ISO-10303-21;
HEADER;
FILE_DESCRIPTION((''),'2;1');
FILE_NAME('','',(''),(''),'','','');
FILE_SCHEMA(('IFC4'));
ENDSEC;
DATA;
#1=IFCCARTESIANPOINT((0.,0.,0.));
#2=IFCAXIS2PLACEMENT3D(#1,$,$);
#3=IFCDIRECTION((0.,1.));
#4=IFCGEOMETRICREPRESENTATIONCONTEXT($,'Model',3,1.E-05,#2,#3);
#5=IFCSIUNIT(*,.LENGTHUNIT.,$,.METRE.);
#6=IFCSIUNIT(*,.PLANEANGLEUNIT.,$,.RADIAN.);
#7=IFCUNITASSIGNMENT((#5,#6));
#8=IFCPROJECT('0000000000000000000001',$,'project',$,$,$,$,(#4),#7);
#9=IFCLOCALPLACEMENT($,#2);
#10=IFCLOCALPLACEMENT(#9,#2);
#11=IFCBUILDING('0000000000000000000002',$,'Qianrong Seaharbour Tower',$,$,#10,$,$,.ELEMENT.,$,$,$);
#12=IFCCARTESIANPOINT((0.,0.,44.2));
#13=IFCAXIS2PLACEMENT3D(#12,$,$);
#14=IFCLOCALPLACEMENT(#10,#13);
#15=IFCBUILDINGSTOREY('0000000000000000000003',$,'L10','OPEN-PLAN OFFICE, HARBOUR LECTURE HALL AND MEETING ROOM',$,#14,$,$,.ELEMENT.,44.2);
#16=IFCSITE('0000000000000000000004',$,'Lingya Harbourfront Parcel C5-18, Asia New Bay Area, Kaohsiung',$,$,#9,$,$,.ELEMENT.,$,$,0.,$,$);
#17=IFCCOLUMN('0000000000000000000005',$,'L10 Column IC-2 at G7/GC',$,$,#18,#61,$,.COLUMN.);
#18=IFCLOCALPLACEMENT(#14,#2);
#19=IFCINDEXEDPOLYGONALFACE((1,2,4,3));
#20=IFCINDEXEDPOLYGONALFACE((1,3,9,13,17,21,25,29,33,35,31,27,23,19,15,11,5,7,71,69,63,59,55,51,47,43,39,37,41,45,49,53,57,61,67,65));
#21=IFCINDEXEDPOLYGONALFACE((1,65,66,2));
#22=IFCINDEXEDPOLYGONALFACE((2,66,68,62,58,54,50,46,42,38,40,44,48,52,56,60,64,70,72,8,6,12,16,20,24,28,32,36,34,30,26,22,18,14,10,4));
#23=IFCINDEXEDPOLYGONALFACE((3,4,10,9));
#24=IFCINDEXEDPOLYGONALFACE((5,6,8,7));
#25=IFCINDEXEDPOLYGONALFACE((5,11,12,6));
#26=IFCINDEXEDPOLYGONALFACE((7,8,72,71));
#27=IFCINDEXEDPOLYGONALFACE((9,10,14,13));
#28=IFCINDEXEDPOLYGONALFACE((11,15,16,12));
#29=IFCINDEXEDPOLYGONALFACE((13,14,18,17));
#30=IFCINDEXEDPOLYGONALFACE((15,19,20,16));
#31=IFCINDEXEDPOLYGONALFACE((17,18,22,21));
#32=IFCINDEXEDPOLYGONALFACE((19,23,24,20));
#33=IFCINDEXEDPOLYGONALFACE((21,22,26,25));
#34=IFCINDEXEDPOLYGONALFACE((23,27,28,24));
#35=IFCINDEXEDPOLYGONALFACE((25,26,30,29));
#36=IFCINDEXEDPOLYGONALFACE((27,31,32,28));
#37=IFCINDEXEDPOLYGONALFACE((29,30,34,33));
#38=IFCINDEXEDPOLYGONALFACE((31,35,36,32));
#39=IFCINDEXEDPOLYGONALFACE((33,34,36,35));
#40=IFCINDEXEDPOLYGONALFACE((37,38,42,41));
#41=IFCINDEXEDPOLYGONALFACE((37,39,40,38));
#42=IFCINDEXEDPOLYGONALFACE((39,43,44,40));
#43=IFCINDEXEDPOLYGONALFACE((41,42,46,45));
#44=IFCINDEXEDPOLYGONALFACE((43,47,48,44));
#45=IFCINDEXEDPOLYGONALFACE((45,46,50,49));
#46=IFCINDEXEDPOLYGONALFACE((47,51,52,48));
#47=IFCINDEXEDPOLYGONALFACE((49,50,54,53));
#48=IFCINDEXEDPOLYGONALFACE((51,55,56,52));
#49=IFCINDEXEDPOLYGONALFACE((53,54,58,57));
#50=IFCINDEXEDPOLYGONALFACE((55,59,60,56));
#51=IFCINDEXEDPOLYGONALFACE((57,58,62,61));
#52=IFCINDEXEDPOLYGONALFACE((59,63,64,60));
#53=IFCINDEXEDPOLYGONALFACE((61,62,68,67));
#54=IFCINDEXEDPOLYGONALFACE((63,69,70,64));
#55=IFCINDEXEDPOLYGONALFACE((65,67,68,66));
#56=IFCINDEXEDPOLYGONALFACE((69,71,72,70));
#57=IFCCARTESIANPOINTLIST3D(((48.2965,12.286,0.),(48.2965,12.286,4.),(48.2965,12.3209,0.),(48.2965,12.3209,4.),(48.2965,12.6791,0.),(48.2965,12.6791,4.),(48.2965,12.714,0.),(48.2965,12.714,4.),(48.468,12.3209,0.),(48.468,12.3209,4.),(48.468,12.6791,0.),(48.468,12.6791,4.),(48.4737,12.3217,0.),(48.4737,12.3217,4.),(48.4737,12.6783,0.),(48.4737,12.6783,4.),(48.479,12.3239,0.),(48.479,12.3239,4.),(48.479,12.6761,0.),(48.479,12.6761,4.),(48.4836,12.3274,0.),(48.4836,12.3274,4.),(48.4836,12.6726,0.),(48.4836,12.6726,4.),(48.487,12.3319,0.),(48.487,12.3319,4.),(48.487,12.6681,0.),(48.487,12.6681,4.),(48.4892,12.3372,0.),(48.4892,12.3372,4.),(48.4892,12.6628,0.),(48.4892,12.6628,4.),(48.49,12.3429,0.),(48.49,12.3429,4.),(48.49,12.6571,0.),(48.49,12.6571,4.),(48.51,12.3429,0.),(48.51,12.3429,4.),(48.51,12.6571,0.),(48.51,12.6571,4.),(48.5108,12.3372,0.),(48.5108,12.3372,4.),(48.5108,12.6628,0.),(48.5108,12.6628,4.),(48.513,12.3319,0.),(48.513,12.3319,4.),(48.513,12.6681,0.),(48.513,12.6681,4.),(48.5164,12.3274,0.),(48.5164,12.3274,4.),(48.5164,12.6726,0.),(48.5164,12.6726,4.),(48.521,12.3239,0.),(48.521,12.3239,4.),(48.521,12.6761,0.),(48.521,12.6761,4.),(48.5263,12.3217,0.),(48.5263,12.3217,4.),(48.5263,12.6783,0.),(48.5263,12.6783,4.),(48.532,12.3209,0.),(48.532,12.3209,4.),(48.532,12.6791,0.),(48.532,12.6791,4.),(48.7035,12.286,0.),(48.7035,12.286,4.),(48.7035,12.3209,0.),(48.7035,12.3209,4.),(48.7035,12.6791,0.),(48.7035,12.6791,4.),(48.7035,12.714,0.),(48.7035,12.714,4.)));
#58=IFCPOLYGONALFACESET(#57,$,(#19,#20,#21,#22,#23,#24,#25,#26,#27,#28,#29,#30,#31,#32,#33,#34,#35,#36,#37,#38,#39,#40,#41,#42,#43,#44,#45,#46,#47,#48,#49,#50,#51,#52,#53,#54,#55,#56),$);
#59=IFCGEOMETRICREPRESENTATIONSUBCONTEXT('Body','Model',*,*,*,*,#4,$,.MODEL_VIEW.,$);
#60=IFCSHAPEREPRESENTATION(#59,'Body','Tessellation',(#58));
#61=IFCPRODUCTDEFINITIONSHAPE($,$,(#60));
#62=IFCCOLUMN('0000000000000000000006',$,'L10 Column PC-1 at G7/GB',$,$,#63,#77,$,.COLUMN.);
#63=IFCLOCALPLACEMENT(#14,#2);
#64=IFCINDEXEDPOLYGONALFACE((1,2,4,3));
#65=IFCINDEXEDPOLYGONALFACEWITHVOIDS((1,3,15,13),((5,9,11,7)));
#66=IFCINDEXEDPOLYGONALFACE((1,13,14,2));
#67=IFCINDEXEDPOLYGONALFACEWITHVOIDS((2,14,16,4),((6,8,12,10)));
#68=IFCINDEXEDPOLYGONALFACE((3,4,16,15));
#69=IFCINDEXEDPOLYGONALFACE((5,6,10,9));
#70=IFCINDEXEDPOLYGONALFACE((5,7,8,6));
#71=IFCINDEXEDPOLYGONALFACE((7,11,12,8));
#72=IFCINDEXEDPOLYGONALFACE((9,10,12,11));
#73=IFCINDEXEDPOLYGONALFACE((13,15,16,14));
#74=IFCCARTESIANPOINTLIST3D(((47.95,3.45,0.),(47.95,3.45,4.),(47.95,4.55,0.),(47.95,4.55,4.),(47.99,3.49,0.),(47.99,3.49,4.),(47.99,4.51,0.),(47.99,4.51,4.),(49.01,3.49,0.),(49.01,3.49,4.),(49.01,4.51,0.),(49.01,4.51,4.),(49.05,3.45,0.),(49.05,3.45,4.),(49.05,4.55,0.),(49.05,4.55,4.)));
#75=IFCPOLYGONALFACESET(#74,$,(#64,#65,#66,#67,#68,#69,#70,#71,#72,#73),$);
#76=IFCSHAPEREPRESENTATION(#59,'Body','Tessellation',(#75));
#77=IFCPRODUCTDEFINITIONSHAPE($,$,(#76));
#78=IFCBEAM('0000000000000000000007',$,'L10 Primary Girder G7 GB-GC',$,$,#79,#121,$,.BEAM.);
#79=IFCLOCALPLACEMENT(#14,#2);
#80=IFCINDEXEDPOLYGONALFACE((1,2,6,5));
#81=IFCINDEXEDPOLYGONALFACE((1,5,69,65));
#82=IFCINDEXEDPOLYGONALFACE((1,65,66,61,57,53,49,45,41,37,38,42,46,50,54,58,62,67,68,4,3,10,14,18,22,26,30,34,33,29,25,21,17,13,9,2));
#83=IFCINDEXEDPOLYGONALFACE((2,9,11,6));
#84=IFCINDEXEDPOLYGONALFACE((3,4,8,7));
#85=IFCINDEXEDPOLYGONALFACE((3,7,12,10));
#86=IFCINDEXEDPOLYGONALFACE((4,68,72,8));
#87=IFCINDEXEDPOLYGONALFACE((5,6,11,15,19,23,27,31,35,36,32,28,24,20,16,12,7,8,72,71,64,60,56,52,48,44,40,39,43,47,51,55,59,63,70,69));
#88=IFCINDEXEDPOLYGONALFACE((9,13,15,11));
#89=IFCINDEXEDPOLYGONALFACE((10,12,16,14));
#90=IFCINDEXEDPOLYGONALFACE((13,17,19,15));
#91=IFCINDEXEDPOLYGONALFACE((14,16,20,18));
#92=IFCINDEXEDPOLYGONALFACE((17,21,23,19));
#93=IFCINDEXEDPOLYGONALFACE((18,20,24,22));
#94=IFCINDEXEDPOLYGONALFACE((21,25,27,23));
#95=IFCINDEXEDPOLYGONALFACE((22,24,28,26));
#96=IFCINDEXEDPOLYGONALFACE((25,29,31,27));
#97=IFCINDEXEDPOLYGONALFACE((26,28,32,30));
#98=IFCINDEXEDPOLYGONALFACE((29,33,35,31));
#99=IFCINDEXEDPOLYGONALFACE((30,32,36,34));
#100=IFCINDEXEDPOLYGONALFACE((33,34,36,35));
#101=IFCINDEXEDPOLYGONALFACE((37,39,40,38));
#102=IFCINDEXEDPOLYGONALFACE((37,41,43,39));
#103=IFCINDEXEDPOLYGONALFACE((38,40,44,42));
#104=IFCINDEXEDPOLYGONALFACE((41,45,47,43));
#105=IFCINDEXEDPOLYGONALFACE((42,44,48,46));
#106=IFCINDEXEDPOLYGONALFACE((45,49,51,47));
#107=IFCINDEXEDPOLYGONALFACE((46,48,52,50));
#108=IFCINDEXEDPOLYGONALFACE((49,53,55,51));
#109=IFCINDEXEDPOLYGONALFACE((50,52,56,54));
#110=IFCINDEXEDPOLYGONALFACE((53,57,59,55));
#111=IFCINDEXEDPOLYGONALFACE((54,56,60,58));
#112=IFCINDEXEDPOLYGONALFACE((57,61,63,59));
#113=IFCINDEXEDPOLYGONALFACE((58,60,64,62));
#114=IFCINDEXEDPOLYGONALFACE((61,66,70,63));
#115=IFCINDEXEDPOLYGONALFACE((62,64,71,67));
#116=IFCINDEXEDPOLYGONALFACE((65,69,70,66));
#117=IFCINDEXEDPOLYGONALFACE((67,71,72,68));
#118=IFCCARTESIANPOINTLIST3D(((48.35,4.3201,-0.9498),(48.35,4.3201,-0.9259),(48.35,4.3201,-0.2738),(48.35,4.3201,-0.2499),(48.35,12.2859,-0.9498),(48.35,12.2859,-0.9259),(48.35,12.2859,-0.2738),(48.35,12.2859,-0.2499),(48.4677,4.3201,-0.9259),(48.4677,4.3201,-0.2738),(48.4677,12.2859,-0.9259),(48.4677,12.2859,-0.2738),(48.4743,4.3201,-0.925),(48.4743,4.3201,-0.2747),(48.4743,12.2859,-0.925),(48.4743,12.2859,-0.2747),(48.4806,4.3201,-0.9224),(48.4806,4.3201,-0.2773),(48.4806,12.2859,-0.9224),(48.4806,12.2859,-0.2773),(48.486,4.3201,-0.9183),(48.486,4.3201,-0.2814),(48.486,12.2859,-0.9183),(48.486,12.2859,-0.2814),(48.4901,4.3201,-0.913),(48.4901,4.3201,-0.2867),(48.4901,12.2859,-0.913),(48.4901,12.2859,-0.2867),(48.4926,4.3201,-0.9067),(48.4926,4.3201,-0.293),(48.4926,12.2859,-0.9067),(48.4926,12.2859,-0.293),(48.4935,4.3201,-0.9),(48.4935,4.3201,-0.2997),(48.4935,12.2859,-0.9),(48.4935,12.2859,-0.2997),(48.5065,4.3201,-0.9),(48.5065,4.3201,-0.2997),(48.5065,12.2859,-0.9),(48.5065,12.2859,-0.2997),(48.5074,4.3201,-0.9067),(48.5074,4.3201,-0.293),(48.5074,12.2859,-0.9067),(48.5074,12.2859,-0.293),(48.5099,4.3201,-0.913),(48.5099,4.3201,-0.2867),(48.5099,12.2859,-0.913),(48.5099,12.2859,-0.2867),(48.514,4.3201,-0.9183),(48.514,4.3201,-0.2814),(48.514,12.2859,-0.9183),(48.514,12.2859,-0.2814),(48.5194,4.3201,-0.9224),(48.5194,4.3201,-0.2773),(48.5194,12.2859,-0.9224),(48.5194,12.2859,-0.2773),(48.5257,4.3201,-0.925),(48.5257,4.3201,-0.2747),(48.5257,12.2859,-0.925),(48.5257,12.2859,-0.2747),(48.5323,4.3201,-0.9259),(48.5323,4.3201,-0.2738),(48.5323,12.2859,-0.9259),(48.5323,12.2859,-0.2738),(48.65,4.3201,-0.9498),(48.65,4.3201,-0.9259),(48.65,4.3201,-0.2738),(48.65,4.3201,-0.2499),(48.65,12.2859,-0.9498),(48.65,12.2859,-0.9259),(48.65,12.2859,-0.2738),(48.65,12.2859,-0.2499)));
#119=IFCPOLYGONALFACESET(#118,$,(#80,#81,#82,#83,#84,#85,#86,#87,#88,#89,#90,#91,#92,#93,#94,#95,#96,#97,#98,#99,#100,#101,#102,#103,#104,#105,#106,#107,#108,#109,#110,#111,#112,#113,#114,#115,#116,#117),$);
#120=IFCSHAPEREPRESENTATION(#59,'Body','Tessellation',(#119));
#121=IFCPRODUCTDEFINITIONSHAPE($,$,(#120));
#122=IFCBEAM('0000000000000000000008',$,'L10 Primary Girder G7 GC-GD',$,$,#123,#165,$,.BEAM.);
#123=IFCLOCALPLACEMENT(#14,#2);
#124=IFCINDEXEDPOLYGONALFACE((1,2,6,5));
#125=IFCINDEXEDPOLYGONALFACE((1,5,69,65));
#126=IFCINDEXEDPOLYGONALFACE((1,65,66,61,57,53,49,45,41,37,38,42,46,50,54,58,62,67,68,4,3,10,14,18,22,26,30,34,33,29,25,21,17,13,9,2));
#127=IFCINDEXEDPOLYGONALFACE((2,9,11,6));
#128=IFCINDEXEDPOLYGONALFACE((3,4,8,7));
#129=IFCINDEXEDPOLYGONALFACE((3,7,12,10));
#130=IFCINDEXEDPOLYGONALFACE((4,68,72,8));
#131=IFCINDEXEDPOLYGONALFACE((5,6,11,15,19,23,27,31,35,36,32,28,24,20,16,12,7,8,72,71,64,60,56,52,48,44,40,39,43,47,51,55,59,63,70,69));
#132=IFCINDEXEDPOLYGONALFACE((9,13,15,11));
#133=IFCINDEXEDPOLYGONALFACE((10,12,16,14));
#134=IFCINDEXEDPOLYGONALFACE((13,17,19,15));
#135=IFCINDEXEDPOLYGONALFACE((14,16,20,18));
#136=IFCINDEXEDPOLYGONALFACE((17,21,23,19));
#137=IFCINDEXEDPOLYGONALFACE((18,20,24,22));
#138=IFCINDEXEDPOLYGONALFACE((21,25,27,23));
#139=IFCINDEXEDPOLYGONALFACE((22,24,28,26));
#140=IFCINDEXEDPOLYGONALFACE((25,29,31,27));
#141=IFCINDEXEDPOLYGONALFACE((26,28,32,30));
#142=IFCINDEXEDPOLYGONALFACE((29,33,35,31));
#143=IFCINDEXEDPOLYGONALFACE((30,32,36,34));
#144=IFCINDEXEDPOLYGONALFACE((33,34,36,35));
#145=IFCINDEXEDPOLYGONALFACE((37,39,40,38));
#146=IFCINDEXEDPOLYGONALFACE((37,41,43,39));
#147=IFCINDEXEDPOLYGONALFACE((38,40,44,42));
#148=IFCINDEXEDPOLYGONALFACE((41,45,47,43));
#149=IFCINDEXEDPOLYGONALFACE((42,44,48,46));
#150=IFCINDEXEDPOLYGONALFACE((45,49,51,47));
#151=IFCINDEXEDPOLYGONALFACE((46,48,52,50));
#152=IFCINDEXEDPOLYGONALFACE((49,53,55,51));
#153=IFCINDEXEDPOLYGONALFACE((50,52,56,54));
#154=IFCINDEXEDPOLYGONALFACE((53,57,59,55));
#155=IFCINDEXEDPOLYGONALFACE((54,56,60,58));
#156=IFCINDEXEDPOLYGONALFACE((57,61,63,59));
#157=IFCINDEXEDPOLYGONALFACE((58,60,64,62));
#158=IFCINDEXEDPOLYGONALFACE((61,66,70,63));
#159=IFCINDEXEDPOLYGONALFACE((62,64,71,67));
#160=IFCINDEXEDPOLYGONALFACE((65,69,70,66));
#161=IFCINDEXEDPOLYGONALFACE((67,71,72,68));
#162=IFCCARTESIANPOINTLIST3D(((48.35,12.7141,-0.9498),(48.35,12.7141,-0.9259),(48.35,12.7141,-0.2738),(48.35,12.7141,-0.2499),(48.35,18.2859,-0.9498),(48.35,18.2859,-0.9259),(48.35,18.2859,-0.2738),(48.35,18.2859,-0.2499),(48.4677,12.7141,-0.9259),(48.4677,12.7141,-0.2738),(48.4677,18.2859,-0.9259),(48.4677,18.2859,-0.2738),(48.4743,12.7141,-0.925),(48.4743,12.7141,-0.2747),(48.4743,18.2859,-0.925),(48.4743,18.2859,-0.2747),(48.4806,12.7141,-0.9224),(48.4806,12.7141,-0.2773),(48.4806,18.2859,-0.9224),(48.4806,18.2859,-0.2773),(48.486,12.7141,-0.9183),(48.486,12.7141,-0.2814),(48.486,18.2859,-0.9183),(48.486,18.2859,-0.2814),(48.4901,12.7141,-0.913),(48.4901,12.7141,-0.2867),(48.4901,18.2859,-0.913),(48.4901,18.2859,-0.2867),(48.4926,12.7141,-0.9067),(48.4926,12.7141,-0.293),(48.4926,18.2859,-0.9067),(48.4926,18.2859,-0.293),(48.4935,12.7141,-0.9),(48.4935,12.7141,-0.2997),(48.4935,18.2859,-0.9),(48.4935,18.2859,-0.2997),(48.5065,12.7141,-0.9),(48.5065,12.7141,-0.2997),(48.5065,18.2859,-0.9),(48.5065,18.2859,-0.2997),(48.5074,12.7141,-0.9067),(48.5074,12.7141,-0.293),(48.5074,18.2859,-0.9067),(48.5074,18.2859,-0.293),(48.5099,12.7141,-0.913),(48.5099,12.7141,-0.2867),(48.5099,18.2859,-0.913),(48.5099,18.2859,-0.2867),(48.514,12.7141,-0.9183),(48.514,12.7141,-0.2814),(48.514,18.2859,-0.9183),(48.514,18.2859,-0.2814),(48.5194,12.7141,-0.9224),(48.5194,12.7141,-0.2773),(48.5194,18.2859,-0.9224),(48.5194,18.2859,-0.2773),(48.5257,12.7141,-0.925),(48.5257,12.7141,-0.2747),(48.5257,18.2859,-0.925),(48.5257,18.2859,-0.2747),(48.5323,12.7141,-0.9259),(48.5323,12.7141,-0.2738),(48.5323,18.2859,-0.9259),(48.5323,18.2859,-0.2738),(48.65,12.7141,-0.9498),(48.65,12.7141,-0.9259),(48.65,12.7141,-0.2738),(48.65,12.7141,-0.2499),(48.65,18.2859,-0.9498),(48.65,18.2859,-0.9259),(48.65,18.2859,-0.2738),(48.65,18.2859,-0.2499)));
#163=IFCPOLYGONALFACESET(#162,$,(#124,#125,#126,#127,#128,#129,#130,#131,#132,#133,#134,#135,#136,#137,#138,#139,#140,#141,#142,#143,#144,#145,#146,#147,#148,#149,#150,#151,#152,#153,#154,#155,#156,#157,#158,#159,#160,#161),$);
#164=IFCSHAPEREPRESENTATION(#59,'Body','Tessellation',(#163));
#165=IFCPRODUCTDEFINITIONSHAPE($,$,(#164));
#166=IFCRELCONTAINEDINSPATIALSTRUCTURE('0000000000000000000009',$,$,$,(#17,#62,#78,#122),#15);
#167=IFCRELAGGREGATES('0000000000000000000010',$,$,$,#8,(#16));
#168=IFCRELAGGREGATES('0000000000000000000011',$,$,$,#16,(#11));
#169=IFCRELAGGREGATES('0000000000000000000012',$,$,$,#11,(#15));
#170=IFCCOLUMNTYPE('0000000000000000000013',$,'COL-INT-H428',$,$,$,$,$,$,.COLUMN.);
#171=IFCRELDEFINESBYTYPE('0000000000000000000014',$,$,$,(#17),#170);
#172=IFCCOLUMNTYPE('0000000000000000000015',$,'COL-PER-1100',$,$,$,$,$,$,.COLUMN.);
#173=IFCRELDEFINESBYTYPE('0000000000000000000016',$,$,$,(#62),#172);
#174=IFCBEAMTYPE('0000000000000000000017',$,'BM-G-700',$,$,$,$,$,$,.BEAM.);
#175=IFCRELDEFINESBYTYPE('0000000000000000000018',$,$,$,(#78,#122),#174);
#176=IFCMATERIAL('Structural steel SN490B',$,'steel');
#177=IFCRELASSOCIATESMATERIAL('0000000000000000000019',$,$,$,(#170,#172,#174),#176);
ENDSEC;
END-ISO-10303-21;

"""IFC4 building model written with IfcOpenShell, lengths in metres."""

from ifc_helpers import new_model, si_unit, direction, frame, origin, origin_2d, place, context, subcontext, project, spatial, hollow_rectangle, i_section, extrude, material, material_profile, profile_set, type_object, element, save


model = new_model("IFC4")

# Units and contexts
model_context = context("Model", 3, precision=1e-05, world=origin(), true_north=direction((0.0, 1.0)))
body_context = subcontext(model_context, "Body", "Model", "MODEL_VIEW")
ifc_project = project(units=[si_unit("LENGTHUNIT", "METRE"), si_unit("PLANEANGLEUNIT", "RADIAN")], contexts=[model_context])

# Site, building, storey
site_placement = place(None, origin())
site = spatial("IfcSite", under=ifc_project, at=site_placement, Name="Lingya Harbourfront Parcel C5-18, Asia New Bay Area, Kaohsiung", CompositionType="ELEMENT", RefElevation=0.0)
building_placement = place(site_placement, origin())
building = spatial("IfcBuilding", under=site, at=building_placement, Name="Qianrong Seaharbour Tower", CompositionType="ELEMENT")
storey_placement = place(building_placement, frame((0.0, 0.0, 44.2)))
storey = spatial("IfcBuildingStorey", under=building, at=storey_placement, Name="L10", Description="OPEN-PLAN OFFICE, HARBOUR LECTURE HALL AND MEETING ROOM", CompositionType="ELEMENT", Elevation=44.2)

# Columns
ifc_material_1 = material(Name="Structural steel SN490B", Category="steel")
ifc_material_profile_1 = material_profile(ifc_material_1, i_section(OverallWidth=0.407, OverallDepth=0.428, WebThickness=0.02, FlangeThickness=0.0349, FilletRadius=0.022, at=origin_2d()), Name="H428x407x20x35")
ifc_profile_set_1 = profile_set([ifc_material_profile_1], Name="Structural steel SN490B")
column_type_1 = type_object("IfcColumnType", Name="COL-INT-H428", PredefinedType="COLUMN", material=ifc_profile_set_1)
column_1_placement = place(storey_placement, frame((48.5, 12.5, 0.0), z_axis=(0.0, 0.0, 1.0), x_axis=(1.0, 0.0, 0.0)))
element("IfcColumn", 1, at=column_1_placement, inside=storey, type_object=column_type_1, Name="L10 Column IC-2 at G7/GC", PredefinedType="COLUMN", context=body_context, shape_type="SweptSolid", body=[
    extrude(i_section(OverallWidth=0.407, OverallDepth=0.428, WebThickness=0.02, FlangeThickness=0.0349, FilletRadius=0.022, at=origin_2d()), origin(), (0.0, 0.0, 1.0), 4.0),
])
ifc_material_profile_2 = material_profile(ifc_material_1, hollow_rectangle(XDim=1.1001, YDim=1.1001, WallThickness=0.04, at=origin_2d()), Name="BOX1100x1100x40")
ifc_profile_set_2 = profile_set([ifc_material_profile_2], Name="Structural steel SN490B")
column_type_2 = type_object("IfcColumnType", Name="COL-PER-1100", PredefinedType="COLUMN", material=ifc_profile_set_2)
column_2_placement = place(storey_placement, frame((48.5, 4.0, 0.0), z_axis=(0.0, 0.0, 1.0), x_axis=(1.0, 0.0, 0.0)))
element("IfcColumn", 2, at=column_2_placement, inside=storey, type_object=column_type_2, Name="L10 Column PC-1 at G7/GB", PredefinedType="COLUMN", context=body_context, shape_type="SweptSolid", body=[
    extrude(hollow_rectangle(XDim=1.1001, YDim=1.1001, WallThickness=0.04, at=origin_2d()), origin(), (0.0, 0.0, 1.0), 4.0),
])

# Beams
ifc_material_profile_3 = material_profile(ifc_material_1, i_section(OverallWidth=0.3, OverallDepth=0.7, WebThickness=0.0129, FlangeThickness=0.0239, FilletRadius=0.0259, at=origin_2d()), Name="H700x300x13x24")
ifc_profile_set_3 = profile_set([ifc_material_profile_3], Name="Structural steel SN490B")
beam_type_1 = type_object("IfcBeamType", Name="BM-G-700", PredefinedType="BEAM", material=ifc_profile_set_3)
beam_1_placement = place(storey_placement, frame((48.5, 4.3201, -0.5999), z_axis=(0.0, 1.0, 0.0), x_axis=(-1.0, 0.0, 0.0)))
element("IfcBeam", 3, at=beam_1_placement, inside=storey, type_object=beam_type_1, Name="L10 Primary Girder G7 GB-GC", PredefinedType="BEAM", context=body_context, shape_type="SweptSolid", body=[
    extrude(i_section(OverallWidth=0.3, OverallDepth=0.7, WebThickness=0.0129, FlangeThickness=0.0239, FilletRadius=0.0259, at=origin_2d()), origin(), (0.0, 0.0, 1.0), 7.9658),
])
beam_2_placement = place(storey_placement, frame((48.5, 12.7141, -0.5999), z_axis=(0.0, 1.0, 0.0), x_axis=(-1.0, 0.0, 0.0)))
element("IfcBeam", 4, at=beam_2_placement, inside=storey, type_object=beam_type_1, Name="L10 Primary Girder G7 GC-GD", PredefinedType="BEAM", context=body_context, shape_type="SweptSolid", body=[
    extrude(i_section(OverallWidth=0.3, OverallDepth=0.7, WebThickness=0.0129, FlangeThickness=0.0239, FilletRadius=0.0259, at=origin_2d()), origin(), (0.0, 0.0, 1.0), 5.5718),
])

save(model, "model.ifc")
